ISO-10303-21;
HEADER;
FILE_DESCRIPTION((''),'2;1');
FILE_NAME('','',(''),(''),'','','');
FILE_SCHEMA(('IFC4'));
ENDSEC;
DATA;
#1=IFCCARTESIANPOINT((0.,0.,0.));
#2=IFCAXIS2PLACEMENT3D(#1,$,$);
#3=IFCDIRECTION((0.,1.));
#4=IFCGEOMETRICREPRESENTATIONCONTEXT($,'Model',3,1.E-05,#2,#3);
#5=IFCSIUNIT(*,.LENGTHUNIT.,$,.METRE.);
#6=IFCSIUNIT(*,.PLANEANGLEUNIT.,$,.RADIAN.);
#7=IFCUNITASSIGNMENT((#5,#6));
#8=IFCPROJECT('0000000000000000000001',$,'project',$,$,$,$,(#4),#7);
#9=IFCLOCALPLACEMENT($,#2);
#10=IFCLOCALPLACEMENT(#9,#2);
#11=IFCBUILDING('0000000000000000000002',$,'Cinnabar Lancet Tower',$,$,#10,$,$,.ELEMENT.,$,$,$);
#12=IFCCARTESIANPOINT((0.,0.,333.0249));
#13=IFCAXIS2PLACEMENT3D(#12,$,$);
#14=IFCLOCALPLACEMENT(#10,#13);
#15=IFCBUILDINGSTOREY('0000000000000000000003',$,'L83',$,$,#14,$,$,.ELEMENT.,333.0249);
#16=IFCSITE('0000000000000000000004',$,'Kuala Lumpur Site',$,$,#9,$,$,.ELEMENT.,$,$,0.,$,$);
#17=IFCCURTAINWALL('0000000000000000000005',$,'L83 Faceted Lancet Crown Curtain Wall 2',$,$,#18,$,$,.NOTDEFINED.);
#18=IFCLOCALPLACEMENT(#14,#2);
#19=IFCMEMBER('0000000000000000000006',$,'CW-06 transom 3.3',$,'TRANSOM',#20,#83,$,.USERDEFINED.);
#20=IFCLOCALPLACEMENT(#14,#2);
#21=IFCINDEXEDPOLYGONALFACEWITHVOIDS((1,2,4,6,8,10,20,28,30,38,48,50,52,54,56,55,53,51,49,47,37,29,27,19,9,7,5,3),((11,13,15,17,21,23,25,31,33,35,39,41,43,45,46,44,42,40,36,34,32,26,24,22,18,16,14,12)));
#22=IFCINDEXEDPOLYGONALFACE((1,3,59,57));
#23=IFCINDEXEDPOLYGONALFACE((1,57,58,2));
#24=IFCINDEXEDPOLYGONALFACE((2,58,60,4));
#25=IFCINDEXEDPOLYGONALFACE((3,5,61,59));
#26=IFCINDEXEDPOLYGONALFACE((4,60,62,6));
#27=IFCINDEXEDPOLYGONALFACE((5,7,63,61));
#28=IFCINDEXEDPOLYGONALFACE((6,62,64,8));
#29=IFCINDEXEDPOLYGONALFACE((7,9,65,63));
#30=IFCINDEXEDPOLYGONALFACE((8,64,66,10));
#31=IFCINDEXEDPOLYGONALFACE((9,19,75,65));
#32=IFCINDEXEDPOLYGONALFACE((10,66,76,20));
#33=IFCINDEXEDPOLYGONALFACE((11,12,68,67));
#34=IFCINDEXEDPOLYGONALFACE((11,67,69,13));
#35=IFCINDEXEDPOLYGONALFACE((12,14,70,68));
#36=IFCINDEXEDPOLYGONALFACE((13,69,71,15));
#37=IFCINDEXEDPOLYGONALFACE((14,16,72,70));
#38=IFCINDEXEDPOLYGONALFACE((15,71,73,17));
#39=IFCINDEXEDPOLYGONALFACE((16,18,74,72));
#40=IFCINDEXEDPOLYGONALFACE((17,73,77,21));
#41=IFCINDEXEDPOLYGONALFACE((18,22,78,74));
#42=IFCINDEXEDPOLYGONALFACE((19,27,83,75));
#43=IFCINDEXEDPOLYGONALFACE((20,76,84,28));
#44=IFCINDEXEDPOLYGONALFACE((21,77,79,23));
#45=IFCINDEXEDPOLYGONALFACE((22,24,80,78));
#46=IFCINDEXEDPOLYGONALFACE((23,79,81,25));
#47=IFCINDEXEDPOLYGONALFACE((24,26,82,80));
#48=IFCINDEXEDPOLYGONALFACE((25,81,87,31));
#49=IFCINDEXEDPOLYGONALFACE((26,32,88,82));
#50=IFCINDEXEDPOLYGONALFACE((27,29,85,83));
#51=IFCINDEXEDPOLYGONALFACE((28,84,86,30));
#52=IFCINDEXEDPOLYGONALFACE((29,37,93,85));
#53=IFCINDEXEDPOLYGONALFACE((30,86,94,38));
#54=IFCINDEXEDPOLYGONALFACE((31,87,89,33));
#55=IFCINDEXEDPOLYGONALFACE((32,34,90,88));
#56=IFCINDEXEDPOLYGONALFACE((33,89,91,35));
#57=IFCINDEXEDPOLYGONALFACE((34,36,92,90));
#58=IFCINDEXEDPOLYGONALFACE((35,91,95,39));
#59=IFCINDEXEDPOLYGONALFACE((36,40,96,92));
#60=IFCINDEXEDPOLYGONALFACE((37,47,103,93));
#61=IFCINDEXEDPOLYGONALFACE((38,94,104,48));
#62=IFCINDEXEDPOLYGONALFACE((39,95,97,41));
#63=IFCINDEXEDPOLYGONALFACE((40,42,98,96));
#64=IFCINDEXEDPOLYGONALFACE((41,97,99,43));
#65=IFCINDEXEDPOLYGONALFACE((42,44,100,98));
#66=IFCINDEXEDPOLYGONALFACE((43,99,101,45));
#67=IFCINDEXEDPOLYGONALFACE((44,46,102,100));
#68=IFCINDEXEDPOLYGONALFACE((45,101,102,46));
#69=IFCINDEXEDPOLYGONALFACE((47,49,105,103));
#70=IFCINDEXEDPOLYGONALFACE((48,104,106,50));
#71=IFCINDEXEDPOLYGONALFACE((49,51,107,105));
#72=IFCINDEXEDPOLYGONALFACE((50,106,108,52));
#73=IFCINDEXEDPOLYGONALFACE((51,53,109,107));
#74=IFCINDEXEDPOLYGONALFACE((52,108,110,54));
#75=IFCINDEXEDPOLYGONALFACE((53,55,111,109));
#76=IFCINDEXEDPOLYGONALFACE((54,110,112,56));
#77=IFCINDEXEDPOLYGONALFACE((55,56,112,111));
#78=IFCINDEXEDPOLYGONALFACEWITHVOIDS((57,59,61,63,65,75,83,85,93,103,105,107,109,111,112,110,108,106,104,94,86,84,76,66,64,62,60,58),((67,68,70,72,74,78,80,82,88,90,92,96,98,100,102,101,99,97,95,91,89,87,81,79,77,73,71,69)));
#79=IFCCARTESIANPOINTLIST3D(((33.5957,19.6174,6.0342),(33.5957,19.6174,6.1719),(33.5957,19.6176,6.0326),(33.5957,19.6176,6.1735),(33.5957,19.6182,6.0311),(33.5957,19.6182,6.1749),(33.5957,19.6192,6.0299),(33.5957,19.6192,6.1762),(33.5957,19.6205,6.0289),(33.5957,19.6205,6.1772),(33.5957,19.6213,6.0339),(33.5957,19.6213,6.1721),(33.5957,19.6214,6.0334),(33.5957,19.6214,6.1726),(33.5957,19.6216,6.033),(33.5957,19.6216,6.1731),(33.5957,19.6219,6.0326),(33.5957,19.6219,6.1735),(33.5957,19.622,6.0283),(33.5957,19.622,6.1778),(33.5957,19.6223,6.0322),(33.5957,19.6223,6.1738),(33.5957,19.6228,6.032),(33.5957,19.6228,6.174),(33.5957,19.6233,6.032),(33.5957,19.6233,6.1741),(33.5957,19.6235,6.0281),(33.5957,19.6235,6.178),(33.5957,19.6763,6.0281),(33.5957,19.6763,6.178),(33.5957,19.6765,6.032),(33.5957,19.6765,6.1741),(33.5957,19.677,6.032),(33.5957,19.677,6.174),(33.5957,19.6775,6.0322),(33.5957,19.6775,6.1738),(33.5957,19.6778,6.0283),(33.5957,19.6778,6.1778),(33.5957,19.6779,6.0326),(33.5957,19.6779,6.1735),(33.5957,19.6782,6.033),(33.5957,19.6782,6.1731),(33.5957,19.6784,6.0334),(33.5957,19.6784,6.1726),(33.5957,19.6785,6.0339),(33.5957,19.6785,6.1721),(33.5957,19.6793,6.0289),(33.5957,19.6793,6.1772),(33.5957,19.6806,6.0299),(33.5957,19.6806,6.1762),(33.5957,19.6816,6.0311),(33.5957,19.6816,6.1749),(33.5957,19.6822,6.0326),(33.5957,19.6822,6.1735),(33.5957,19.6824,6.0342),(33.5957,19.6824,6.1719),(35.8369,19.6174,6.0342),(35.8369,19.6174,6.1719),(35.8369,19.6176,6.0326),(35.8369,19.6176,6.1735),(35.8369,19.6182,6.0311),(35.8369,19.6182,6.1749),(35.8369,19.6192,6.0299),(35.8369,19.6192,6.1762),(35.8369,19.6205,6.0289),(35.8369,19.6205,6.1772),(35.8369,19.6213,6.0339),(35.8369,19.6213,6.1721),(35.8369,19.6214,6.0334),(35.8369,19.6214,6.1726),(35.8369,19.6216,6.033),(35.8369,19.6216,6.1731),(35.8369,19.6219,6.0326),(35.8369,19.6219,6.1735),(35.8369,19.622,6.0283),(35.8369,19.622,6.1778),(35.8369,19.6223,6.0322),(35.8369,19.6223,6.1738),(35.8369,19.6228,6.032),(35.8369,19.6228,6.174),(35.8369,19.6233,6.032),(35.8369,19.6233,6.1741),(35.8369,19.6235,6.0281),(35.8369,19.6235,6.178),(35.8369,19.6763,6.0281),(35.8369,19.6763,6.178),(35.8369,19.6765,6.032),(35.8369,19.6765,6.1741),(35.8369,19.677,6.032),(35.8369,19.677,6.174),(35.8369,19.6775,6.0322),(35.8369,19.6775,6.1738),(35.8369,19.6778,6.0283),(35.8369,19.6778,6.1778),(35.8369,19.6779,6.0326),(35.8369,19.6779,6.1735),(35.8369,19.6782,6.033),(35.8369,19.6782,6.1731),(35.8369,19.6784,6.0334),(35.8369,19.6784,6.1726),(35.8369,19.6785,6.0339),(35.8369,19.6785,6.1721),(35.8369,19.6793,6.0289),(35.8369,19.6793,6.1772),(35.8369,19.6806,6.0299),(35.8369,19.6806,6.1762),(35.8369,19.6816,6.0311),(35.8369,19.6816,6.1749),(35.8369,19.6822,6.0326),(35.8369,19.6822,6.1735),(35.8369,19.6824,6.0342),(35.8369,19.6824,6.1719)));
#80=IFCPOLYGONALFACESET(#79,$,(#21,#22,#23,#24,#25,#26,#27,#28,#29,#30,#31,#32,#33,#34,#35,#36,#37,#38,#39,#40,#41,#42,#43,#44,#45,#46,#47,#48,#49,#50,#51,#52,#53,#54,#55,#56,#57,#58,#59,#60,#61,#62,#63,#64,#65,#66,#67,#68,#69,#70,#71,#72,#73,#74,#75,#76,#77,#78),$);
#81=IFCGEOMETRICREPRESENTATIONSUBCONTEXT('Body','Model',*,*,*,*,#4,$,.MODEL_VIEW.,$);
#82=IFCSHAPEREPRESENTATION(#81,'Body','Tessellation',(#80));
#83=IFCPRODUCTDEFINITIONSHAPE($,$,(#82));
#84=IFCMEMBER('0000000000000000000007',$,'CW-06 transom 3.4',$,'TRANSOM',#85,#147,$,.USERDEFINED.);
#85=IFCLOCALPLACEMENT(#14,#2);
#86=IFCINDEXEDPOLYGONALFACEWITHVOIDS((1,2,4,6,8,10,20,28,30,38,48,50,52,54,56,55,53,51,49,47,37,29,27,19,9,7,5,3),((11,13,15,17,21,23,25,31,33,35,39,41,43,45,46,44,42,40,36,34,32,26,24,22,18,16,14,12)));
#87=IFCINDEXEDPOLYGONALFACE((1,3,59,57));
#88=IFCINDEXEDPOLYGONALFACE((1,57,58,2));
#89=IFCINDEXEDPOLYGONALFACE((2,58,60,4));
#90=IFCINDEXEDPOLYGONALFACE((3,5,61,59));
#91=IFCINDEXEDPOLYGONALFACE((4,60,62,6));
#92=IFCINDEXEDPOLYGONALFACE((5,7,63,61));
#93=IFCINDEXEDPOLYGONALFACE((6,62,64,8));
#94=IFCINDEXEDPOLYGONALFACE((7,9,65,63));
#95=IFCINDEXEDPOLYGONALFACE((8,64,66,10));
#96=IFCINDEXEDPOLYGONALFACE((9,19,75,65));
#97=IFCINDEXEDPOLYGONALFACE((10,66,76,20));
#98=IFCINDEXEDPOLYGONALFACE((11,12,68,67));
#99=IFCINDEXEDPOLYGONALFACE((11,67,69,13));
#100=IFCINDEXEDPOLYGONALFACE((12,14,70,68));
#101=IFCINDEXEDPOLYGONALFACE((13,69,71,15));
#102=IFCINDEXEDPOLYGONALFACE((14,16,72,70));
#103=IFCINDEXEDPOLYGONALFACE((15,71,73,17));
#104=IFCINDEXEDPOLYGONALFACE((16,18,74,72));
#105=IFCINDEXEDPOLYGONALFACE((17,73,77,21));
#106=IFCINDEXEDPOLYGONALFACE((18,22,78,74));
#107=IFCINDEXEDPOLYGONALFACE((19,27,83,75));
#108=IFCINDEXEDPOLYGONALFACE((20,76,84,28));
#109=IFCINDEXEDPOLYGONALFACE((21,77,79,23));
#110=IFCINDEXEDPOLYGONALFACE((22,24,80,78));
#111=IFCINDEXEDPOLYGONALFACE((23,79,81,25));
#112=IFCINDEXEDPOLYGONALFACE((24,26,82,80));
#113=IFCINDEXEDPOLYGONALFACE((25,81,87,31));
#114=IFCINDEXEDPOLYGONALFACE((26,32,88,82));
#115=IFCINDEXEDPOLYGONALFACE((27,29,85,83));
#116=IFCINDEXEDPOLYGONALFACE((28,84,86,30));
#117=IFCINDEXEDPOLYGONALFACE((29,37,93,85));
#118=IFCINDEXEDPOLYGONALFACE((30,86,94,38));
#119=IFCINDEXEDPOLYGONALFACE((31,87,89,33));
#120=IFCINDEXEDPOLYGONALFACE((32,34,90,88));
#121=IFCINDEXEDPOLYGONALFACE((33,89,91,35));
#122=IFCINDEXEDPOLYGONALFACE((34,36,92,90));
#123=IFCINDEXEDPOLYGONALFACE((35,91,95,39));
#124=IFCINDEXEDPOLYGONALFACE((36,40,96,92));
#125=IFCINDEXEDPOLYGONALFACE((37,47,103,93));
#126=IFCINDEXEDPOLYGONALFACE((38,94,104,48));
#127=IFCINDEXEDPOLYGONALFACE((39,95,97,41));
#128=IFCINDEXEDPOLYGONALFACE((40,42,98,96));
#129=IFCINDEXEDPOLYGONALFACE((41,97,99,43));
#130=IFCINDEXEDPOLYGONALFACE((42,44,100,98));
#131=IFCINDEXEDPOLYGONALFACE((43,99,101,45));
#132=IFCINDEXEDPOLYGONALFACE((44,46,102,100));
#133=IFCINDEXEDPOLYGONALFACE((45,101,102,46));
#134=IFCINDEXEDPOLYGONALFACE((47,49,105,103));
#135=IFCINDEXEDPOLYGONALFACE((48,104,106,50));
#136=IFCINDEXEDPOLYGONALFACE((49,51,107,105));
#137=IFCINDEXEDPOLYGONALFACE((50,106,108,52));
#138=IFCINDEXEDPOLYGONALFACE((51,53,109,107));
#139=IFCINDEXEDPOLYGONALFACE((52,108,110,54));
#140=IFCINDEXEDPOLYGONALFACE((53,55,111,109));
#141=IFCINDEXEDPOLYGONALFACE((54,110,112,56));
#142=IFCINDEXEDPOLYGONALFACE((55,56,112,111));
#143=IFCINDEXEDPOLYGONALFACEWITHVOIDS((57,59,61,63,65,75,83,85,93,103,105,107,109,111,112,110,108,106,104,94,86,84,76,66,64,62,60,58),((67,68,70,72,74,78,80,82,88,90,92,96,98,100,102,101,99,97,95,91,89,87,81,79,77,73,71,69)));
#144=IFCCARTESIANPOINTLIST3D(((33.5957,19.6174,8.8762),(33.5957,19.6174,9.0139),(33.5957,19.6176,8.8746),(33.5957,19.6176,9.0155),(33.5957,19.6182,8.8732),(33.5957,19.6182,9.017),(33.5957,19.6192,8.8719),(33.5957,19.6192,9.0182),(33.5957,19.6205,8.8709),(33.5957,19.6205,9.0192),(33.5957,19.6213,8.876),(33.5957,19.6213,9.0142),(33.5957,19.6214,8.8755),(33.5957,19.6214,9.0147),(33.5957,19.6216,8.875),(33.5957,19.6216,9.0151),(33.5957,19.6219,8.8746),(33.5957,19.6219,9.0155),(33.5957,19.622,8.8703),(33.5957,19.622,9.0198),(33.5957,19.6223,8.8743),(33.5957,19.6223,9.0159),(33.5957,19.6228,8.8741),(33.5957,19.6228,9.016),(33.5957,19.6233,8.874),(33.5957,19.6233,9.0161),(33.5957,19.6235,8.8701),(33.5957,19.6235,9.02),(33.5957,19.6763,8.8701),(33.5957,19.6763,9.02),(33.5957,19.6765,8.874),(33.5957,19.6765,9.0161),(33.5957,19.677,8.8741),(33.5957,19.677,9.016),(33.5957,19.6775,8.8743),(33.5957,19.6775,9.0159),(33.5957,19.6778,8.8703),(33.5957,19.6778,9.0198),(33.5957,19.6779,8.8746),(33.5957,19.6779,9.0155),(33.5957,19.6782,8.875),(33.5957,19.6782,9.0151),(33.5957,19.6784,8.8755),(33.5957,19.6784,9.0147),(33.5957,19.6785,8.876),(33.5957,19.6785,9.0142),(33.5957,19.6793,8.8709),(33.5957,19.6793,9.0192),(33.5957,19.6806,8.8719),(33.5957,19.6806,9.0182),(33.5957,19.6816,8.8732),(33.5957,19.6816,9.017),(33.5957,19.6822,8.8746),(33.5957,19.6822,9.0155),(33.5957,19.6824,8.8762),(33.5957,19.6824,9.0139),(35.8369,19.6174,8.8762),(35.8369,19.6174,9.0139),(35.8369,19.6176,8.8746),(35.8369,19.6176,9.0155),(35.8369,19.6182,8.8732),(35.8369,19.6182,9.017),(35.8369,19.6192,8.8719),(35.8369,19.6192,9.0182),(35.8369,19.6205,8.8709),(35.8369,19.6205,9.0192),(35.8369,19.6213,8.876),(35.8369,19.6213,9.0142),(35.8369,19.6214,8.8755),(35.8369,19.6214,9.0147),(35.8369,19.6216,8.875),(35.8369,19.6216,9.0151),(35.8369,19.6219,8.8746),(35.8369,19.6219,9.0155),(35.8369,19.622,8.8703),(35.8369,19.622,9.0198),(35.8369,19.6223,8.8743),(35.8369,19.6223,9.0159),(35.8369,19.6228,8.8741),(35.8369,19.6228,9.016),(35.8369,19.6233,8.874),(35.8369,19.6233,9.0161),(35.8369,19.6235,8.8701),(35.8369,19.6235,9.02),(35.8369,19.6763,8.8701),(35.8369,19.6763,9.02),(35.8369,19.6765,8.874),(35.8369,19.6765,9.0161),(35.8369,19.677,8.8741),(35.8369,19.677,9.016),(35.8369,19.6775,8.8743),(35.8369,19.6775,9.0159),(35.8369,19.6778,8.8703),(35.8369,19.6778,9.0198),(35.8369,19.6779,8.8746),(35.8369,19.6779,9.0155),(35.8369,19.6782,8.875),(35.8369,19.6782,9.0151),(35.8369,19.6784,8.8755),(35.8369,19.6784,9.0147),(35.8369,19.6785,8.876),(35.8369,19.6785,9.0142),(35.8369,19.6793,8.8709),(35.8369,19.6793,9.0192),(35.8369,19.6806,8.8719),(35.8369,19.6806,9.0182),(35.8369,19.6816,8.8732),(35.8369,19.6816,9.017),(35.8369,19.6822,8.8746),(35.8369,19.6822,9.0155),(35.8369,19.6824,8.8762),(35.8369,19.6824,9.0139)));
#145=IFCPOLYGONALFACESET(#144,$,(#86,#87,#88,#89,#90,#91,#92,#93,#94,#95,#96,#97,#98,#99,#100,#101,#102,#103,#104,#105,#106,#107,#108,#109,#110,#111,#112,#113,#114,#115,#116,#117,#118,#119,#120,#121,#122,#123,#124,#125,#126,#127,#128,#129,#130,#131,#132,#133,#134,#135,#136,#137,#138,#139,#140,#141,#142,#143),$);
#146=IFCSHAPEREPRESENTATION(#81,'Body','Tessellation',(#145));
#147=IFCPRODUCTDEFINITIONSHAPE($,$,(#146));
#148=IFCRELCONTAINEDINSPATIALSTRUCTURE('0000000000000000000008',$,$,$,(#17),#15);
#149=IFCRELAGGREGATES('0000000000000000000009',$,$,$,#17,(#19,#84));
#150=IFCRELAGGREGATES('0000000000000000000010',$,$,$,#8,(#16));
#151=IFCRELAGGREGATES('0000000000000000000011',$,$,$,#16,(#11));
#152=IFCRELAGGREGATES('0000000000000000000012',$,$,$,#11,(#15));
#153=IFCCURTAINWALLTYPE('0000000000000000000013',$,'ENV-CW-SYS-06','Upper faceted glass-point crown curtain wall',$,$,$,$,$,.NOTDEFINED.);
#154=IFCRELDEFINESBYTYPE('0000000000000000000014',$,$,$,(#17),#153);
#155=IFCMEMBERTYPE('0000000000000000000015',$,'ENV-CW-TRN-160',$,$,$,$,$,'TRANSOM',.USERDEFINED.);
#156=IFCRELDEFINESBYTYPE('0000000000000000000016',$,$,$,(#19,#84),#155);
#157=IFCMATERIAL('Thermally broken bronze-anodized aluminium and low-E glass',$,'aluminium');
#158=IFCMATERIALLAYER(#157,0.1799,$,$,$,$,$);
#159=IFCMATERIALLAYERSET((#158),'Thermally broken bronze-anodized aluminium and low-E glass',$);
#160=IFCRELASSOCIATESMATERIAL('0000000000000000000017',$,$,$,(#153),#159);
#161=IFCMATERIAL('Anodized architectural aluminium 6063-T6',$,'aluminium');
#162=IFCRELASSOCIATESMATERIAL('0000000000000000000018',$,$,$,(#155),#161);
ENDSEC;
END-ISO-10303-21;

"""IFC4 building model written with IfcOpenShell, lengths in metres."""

from ifc_helpers import new_model, si_unit, direction, frame, origin, origin_2d, place, context, subcontext, project, spatial, hollow_rectangle, extrude, material, layer, layer_set, material_profile, profile_set, type_object, element, aggregate, save


model = new_model("IFC4")

# Units and contexts
model_context = context("Model", 3, precision=1e-05, world=origin(), true_north=direction((0.0, 1.0)))
body_context = subcontext(model_context, "Body", "Model", "MODEL_VIEW")
ifc_project = project(units=[si_unit("LENGTHUNIT", "METRE"), si_unit("PLANEANGLEUNIT", "RADIAN")], contexts=[model_context])

# Site, building, storey
site_placement = place(None, origin())
site = spatial("IfcSite", under=ifc_project, at=site_placement, Name="Kuala Lumpur Site", CompositionType="ELEMENT", RefElevation=0.0)
building_placement = place(site_placement, origin())
building = spatial("IfcBuilding", under=site, at=building_placement, Name="Cinnabar Lancet Tower", CompositionType="ELEMENT")
storey_placement = place(building_placement, frame((0.0, 0.0, 333.0249)))
storey = spatial("IfcBuildingStorey", under=building, at=storey_placement, Name="L83", CompositionType="ELEMENT", Elevation=333.0249)

# Curtain wall
ifc_material_1 = material(Name="Thermally broken bronze-anodized aluminium and low-E glass", Category="aluminium")
ifc_layer_1 = layer(ifc_material_1, 0.1799)
ifc_layer_set_1 = layer_set([ifc_layer_1], Name="Thermally broken bronze-anodized aluminium and low-E glass")
curtain_wall_type = type_object("IfcCurtainWallType", Name="ENV-CW-SYS-06", Description="Upper faceted glass-point crown curtain wall", PredefinedType="NOTDEFINED", material=ifc_layer_set_1)
curtain_wall_1_placement = place(storey_placement, origin())
curtain_wall_1 = element("IfcCurtainWall", 1, at=curtain_wall_1_placement, inside=storey, type_object=curtain_wall_type, Name="L83 Faceted Lancet Crown Curtain Wall 2", PredefinedType="NOTDEFINED")

# Members
ifc_material_2 = material(Name="Anodized architectural aluminium 6063-T6", Category="aluminium")
ifc_material_profile_1 = material_profile(ifc_material_2, hollow_rectangle(XDim=0.0649, YDim=0.1499, WallThickness=0.0039, InnerFilletRadius=0.002, OuterFilletRadius=0.0061, at=origin_2d()), Name="CW-TRN 150x65x4")
ifc_profile_set_1 = profile_set([ifc_material_profile_1], Name="Anodized architectural aluminium 6063-T6")
member_type_1 = type_object("IfcMemberType", Name="ENV-CW-TRN-160", ElementType="TRANSOM", PredefinedType="USERDEFINED", material=ifc_profile_set_1)
member_1_placement = place(storey_placement, frame((33.5957, 19.6499, 6.103), z_axis=(1.0, 0.0, 0.0), x_axis=(0.0, 1.0, 0.0)))
member_1 = element("IfcMember", 2, at=member_1_placement, type_object=member_type_1, Name="CW-06 transom 3.3", ObjectType="TRANSOM", PredefinedType="USERDEFINED", context=body_context, shape_type="SweptSolid", body=[
    extrude(hollow_rectangle(XDim=0.0649, YDim=0.1499, WallThickness=0.0039, InnerFilletRadius=0.002, OuterFilletRadius=0.0061, at=origin_2d()), origin(), (0.0, 0.0, 1.0), 2.2412),
])
member_2_placement = place(storey_placement, frame((33.5957, 19.6499, 8.9451), z_axis=(1.0, 0.0, 0.0), x_axis=(0.0, 1.0, 0.0)))
member_2 = element("IfcMember", 3, at=member_2_placement, type_object=member_type_1, Name="CW-06 transom 3.4", ObjectType="TRANSOM", PredefinedType="USERDEFINED", context=body_context, shape_type="SweptSolid", body=[
    extrude(hollow_rectangle(XDim=0.0649, YDim=0.1499, WallThickness=0.0039, InnerFilletRadius=0.002, OuterFilletRadius=0.0061, at=origin_2d()), origin(), (0.0, 0.0, 1.0), 2.2412),
])

aggregate(curtain_wall_1, [member_1, member_2])

save(model, "model.ifc")
